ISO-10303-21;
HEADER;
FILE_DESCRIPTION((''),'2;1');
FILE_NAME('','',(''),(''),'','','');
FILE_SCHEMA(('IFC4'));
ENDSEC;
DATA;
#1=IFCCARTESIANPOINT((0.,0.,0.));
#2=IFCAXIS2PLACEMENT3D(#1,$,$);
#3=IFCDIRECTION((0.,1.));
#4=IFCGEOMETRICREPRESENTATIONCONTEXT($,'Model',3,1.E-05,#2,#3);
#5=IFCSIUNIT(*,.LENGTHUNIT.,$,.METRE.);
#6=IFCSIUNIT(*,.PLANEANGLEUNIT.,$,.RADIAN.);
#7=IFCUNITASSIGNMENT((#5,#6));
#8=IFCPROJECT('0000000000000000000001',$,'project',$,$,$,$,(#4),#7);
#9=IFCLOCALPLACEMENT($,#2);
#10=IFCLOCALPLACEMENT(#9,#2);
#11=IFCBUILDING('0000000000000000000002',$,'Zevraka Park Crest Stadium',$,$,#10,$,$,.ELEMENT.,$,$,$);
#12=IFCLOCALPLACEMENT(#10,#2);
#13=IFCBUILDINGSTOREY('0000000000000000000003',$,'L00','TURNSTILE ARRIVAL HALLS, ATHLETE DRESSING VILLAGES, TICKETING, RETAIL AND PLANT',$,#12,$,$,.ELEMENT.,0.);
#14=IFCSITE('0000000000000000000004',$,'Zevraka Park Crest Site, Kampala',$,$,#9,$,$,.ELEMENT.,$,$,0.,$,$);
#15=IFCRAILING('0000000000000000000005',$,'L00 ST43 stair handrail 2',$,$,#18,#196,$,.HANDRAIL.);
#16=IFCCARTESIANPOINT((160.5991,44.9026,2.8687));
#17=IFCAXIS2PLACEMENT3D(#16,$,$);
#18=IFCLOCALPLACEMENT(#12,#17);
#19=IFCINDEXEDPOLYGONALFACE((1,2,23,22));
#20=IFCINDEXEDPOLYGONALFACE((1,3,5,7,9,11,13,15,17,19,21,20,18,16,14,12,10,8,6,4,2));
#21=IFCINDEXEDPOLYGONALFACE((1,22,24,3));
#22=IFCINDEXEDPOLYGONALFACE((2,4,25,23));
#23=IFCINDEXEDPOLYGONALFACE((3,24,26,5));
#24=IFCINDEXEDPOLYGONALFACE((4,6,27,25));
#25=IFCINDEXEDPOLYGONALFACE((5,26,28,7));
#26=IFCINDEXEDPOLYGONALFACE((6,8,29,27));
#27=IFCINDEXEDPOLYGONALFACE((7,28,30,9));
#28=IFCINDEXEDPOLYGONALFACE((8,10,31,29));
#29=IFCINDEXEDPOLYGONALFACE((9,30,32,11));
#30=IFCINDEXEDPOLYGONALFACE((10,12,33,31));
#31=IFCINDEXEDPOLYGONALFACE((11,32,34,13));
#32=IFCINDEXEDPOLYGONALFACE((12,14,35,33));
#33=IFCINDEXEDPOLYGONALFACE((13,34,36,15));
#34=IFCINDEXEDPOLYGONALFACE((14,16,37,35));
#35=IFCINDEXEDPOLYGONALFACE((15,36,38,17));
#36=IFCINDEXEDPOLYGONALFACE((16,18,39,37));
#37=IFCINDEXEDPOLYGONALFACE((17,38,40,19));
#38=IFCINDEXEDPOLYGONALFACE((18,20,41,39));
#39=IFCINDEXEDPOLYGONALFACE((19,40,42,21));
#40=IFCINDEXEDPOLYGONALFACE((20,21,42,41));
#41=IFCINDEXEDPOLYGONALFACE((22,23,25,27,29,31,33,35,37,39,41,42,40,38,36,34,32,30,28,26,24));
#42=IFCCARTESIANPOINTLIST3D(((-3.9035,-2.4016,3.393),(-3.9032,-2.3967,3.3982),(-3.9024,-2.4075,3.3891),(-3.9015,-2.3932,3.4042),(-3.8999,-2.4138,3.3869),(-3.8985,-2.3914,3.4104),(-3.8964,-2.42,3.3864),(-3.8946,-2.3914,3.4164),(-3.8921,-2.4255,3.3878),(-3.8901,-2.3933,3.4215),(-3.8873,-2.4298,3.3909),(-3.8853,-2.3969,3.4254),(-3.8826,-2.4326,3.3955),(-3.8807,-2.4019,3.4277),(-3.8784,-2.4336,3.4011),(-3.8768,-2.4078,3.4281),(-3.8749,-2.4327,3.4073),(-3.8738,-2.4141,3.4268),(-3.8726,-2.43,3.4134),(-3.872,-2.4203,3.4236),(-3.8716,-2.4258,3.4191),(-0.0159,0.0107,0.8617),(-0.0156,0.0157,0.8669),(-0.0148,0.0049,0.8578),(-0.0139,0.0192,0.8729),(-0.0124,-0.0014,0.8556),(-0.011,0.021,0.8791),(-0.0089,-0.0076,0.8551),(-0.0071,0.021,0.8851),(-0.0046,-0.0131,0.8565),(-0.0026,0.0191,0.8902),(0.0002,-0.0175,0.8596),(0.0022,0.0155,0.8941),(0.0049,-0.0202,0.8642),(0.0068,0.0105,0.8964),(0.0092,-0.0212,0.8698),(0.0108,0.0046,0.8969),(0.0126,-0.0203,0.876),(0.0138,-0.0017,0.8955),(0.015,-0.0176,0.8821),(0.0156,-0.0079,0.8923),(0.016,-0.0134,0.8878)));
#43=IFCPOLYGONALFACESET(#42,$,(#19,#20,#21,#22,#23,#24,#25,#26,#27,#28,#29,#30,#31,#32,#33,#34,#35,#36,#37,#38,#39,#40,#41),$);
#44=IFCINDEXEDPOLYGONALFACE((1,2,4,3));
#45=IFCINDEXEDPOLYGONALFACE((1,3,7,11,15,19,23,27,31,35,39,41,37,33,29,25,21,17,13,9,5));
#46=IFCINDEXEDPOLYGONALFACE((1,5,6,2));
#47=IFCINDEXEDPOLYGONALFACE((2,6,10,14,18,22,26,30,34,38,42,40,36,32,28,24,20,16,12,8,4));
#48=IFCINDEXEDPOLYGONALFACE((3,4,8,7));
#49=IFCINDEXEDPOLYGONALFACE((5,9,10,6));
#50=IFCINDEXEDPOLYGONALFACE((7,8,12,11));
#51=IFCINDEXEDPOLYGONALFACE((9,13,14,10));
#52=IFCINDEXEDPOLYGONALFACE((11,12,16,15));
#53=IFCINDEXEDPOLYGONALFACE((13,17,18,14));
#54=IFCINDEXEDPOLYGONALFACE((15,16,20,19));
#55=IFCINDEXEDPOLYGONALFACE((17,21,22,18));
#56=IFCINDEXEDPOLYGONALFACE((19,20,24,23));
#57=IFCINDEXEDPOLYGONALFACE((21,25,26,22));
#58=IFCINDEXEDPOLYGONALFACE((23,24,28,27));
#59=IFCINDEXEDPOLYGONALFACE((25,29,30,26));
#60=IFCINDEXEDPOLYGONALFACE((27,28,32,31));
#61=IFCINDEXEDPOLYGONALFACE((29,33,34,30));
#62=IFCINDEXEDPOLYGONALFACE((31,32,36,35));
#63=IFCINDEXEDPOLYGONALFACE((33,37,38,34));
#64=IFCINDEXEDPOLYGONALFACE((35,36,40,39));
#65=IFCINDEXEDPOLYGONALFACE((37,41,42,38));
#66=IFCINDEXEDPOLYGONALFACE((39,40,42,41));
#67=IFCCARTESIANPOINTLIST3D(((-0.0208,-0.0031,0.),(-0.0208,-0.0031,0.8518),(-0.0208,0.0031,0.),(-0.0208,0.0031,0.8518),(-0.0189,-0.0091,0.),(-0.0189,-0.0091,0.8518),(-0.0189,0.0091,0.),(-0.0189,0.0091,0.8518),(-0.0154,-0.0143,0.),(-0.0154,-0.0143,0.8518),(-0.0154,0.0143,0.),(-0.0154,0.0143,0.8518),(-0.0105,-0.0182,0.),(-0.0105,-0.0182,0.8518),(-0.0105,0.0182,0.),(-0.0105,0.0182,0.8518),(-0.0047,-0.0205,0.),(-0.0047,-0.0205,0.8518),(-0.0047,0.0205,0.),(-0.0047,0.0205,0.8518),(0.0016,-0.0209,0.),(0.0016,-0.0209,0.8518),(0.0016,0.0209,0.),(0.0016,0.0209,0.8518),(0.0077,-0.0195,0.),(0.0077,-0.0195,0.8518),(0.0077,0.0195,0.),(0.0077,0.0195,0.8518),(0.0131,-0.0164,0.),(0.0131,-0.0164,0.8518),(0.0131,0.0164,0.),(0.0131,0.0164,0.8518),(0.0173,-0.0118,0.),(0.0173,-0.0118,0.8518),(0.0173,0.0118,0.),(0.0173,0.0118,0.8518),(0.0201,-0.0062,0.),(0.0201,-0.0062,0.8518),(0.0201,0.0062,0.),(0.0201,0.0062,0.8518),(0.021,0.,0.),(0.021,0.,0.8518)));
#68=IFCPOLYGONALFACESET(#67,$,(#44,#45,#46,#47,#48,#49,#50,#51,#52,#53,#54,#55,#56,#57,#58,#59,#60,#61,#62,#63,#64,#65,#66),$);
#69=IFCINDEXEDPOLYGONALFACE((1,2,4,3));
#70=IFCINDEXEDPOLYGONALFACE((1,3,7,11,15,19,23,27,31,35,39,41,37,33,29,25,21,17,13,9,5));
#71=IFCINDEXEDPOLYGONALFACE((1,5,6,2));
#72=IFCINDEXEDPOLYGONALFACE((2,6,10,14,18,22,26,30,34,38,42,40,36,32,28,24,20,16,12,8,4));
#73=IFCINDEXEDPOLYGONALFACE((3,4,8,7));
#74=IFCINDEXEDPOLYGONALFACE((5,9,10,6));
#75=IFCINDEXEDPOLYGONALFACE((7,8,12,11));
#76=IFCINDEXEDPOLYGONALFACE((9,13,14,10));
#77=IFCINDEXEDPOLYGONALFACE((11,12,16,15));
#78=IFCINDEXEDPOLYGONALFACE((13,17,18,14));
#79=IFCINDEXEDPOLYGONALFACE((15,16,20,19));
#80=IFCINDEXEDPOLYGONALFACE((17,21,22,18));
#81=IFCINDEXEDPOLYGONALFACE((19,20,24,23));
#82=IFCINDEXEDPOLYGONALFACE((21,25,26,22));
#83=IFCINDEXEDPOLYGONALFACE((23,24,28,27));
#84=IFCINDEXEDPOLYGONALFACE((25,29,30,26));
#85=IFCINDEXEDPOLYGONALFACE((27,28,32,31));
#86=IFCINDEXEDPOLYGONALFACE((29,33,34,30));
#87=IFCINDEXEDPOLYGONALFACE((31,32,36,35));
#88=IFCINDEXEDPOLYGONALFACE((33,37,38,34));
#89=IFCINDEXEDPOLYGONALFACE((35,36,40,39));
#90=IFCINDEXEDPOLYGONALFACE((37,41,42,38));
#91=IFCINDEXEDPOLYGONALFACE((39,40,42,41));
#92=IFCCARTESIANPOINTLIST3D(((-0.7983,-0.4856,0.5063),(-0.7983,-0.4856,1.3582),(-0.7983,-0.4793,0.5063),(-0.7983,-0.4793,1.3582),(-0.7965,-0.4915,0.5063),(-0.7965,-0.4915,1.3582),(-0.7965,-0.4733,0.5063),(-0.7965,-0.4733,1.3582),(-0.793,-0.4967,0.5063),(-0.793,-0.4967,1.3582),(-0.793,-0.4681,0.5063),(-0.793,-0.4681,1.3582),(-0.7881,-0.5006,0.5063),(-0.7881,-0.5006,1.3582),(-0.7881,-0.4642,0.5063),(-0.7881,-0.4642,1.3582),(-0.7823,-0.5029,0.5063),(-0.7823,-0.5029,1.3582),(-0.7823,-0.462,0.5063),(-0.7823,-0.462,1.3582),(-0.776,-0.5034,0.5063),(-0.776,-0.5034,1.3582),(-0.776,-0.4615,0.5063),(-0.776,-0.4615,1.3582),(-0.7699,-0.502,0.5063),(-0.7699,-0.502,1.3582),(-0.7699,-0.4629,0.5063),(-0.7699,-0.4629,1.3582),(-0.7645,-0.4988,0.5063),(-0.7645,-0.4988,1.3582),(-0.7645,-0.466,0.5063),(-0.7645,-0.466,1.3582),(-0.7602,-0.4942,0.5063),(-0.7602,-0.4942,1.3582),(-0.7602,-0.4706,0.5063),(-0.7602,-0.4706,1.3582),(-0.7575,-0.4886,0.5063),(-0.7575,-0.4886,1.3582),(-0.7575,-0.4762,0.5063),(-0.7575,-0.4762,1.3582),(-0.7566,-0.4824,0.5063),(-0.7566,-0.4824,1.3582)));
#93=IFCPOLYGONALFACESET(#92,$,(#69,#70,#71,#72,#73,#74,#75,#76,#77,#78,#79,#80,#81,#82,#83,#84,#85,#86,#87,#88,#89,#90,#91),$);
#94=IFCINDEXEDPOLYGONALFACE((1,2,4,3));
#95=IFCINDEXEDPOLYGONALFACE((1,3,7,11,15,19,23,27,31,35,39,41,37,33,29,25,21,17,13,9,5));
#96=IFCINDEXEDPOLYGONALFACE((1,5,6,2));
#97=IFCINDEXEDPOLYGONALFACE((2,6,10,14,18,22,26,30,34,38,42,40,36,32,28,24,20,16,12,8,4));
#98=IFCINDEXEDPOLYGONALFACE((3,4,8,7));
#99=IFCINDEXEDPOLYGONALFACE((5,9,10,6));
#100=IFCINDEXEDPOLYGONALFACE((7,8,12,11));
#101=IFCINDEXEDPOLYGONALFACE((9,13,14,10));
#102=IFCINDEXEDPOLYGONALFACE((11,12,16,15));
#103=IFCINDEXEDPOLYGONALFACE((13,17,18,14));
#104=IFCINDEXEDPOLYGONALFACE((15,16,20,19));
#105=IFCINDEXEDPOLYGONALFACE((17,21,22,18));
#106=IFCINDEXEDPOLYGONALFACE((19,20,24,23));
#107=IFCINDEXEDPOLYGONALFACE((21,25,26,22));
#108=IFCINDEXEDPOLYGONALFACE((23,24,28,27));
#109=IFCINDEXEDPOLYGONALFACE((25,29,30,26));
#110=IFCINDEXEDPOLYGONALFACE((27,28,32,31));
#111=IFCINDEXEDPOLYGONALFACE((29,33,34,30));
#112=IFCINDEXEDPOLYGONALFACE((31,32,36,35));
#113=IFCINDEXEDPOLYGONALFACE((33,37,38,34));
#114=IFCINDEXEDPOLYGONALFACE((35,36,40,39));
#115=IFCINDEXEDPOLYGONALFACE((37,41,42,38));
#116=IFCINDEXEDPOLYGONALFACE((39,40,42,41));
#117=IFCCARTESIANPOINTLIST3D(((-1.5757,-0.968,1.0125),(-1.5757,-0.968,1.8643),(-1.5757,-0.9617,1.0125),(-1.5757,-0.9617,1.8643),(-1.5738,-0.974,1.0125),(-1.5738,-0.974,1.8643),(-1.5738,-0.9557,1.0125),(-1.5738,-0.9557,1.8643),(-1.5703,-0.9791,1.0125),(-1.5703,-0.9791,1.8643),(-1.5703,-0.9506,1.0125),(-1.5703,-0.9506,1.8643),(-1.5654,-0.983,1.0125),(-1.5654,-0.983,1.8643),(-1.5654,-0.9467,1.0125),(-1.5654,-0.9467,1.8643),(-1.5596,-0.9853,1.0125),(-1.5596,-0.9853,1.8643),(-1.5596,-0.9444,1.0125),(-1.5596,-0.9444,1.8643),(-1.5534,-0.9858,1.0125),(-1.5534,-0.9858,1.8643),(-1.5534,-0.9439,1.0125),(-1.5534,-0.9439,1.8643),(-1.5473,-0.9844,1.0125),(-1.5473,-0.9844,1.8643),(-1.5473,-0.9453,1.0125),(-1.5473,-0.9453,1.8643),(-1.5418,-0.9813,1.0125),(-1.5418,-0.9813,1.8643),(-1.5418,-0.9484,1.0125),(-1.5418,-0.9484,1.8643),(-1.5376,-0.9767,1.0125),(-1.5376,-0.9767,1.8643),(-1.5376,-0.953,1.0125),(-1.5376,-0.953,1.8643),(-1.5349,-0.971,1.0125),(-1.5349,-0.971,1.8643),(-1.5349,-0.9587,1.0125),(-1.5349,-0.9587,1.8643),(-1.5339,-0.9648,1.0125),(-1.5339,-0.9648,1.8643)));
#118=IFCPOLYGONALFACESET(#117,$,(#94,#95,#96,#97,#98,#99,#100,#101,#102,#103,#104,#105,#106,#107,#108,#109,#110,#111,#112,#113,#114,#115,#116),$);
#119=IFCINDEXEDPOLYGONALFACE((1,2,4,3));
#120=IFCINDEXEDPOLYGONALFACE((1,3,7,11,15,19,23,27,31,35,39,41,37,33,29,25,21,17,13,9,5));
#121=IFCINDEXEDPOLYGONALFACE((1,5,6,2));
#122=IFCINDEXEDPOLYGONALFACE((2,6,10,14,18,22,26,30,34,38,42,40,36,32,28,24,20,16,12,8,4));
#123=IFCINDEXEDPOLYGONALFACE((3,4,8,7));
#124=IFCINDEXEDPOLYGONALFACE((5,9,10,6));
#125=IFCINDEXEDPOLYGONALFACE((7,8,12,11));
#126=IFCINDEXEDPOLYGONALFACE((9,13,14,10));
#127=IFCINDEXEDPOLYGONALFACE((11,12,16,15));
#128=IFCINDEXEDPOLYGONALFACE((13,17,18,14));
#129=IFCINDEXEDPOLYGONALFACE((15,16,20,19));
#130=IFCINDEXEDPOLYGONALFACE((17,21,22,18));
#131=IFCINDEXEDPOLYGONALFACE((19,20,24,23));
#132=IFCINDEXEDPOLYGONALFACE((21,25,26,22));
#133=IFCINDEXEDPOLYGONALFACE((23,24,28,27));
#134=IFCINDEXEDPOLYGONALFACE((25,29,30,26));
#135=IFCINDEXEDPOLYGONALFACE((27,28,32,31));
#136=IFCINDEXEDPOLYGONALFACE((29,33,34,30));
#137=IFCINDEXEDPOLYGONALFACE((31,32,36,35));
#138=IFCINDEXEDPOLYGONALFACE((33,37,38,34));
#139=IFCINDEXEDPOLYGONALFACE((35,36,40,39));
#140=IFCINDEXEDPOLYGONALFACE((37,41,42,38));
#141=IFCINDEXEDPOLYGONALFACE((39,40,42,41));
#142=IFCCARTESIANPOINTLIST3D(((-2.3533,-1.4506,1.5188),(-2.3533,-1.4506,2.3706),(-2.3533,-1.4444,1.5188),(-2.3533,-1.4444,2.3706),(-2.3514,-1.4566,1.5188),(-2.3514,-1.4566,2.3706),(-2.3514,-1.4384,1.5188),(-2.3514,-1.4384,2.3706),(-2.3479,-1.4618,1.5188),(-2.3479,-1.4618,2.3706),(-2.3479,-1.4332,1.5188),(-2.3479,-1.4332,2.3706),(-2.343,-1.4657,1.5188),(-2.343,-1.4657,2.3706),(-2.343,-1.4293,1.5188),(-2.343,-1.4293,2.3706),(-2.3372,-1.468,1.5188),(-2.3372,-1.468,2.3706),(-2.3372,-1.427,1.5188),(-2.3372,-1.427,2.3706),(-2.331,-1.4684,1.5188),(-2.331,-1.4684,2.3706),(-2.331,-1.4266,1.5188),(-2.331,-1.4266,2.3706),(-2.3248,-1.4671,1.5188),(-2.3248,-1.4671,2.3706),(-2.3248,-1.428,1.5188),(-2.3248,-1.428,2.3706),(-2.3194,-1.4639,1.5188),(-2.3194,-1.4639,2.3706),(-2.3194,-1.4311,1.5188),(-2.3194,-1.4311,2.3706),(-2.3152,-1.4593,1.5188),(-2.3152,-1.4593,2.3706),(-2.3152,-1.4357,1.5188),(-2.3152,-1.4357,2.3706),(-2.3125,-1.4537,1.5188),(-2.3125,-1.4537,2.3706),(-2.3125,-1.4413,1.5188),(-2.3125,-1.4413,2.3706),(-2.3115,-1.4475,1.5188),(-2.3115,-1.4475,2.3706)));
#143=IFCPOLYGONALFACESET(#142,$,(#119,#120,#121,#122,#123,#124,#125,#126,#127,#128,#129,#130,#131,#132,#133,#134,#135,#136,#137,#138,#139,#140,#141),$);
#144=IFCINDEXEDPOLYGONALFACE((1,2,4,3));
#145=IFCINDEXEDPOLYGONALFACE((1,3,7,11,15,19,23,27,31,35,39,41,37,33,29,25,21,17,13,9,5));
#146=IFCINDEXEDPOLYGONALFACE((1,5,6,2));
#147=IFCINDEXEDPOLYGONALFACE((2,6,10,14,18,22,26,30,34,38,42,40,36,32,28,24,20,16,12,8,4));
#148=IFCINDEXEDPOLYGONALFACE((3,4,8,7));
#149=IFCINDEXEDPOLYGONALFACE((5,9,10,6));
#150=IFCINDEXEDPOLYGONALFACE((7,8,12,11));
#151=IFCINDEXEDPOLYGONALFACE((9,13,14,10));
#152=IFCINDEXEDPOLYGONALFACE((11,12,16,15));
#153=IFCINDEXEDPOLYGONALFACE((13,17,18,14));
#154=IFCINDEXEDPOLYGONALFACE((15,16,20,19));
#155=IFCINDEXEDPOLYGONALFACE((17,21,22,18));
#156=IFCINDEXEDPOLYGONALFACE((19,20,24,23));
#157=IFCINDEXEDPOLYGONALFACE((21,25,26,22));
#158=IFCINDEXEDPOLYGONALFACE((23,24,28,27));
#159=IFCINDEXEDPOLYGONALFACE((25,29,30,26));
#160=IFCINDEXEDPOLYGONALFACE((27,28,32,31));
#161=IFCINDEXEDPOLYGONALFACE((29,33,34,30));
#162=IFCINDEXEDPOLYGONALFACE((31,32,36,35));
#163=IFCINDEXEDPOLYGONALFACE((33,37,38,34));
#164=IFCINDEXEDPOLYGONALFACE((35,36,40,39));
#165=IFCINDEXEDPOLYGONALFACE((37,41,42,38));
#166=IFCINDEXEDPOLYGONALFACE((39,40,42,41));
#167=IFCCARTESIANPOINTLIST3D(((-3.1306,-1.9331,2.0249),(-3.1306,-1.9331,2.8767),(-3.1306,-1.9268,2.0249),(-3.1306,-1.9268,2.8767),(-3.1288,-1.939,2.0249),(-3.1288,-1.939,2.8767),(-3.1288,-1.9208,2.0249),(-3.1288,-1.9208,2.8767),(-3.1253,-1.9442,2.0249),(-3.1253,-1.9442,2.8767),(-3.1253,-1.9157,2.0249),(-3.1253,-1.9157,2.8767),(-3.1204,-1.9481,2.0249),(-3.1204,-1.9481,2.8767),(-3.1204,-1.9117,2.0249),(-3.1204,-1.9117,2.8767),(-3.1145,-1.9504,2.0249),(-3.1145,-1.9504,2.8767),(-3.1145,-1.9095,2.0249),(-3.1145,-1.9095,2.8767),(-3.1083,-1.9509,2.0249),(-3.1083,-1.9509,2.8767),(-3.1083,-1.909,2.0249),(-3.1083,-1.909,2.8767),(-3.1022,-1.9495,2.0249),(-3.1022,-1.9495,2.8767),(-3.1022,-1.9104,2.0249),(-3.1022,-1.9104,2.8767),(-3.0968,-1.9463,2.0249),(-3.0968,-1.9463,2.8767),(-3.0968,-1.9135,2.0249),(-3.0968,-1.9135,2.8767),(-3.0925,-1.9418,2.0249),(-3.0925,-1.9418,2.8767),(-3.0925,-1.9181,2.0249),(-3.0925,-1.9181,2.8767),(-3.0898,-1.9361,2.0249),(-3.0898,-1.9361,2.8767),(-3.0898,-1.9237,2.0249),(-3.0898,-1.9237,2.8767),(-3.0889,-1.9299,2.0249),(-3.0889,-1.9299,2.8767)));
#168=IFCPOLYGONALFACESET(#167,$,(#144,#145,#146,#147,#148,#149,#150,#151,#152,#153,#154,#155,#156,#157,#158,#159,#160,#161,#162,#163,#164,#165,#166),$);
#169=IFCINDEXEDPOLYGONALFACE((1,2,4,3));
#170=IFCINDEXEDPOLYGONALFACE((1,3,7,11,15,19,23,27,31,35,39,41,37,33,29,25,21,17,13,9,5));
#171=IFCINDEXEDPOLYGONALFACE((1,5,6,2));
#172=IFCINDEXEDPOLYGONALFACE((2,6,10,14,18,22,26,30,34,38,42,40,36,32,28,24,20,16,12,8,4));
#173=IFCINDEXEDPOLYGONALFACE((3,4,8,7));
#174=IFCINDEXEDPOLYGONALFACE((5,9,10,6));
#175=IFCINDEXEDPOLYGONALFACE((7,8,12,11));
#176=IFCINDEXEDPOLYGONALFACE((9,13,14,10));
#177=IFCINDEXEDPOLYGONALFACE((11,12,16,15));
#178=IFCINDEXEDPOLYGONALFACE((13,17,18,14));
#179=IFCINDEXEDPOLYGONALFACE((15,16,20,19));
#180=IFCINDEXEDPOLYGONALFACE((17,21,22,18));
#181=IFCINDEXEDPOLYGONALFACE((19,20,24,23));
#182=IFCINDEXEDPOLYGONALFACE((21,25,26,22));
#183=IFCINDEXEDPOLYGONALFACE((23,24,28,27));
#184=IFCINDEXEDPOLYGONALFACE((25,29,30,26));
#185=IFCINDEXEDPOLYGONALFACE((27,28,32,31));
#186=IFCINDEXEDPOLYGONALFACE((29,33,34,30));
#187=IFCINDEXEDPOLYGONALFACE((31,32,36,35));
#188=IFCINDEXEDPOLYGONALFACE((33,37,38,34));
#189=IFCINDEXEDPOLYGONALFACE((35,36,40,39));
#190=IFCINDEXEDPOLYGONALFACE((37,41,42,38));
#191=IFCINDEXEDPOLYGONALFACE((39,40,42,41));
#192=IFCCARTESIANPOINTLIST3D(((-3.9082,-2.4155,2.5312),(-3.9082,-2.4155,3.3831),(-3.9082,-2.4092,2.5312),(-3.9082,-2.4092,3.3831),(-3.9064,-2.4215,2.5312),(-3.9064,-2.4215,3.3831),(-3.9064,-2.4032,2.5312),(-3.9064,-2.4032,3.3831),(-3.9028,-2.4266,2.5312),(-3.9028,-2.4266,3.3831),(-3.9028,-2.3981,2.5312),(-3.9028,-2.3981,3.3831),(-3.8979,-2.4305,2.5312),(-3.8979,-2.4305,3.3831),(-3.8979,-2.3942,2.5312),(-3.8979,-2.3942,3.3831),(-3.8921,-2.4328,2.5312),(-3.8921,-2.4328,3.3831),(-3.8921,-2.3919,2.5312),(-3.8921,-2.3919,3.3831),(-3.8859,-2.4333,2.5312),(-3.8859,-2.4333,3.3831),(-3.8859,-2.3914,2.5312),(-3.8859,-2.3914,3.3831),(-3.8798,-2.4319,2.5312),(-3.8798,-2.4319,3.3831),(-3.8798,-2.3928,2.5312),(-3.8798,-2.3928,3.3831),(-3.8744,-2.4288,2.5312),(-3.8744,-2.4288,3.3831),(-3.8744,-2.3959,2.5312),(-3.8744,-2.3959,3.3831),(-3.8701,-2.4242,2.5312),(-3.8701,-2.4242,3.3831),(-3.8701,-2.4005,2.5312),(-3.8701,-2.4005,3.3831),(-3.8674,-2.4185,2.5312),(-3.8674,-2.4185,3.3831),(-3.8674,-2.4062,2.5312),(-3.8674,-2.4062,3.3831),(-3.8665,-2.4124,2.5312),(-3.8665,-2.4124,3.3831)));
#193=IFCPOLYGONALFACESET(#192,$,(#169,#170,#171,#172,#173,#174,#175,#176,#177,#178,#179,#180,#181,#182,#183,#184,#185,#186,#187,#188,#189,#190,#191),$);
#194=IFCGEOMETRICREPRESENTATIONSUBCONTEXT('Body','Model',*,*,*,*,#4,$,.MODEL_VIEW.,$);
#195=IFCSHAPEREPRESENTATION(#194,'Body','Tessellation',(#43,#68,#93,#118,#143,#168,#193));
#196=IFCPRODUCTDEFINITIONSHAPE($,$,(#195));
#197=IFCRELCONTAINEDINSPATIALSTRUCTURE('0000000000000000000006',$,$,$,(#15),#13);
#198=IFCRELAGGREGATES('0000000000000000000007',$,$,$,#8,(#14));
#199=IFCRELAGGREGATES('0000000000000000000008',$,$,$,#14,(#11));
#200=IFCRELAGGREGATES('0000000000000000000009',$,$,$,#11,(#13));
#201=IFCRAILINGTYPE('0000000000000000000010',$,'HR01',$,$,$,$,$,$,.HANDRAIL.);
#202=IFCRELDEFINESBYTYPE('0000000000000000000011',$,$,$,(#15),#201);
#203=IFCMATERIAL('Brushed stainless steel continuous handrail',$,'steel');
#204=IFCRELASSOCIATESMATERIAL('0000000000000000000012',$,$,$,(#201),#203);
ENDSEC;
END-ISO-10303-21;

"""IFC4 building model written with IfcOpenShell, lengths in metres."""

from ifc_helpers import new_model, si_unit, direction, frame, origin, origin_2d, place, context, subcontext, project, spatial, circle, extrude, material, type_object, element, save


model = new_model("IFC4")

# Units and contexts
model_context = context("Model", 3, precision=1e-05, world=origin(), true_north=direction((0.0, 1.0)))
body_context = subcontext(model_context, "Body", "Model", "MODEL_VIEW")
ifc_project = project(units=[si_unit("LENGTHUNIT", "METRE"), si_unit("PLANEANGLEUNIT", "RADIAN")], contexts=[model_context])

# Site, building, storey
site_placement = place(None, origin())
site = spatial("IfcSite", under=ifc_project, at=site_placement, Name="Zevraka Park Crest Site, Kampala", CompositionType="ELEMENT", RefElevation=0.0)
building_placement = place(site_placement, origin())
building = spatial("IfcBuilding", under=site, at=building_placement, Name="Zevraka Park Crest Stadium", CompositionType="ELEMENT")
storey_placement = place(building_placement, origin())
storey = spatial("IfcBuildingStorey", under=building, at=storey_placement, Name="L00", Description="TURNSTILE ARRIVAL HALLS, ATHLETE DRESSING VILLAGES, TICKETING, RETAIL AND PLANT", CompositionType="ELEMENT", Elevation=0.0)

# Railing
ifc_material_1 = material(Name="Brushed stainless steel continuous handrail", Category="steel")
railing_type_1 = type_object("IfcRailingType", Name="HR01", PredefinedType="HANDRAIL", material=ifc_material_1)
railing_1_placement = place(storey_placement, frame((160.5991, 44.9026, 2.8687)))
element("IfcRailing", 1, at=railing_1_placement, inside=storey, type_object=railing_type_1, Name="L00 ST43 stair handrail 2", PredefinedType="HANDRAIL", context=body_context, shape_type="SweptSolid", body=[
    extrude(circle(Radius=0.0239, at=origin_2d()), frame((0.0, 0.0, 0.876), z_axis=(-0.743488, -0.461371, 0.48411), x_axis=(0.527277, -0.849694, 0.0)), (0.0, 0.0, 1.0), 5.2288),
    extrude(circle(Radius=0.021, at=origin_2d()), origin(), (0.0, 0.0, 1.0), 0.8518),
    extrude(circle(Radius=0.021, at=origin_2d()), frame((-0.7776, -0.4824, 0.5063)), (0.0, 0.0, 1.0), 0.8518),
    extrude(circle(Radius=0.021, at=origin_2d()), frame((-1.5549, -0.9648, 1.0125)), (0.0, 0.0, 1.0), 0.8518),
    extrude(circle(Radius=0.021, at=origin_2d()), frame((-2.3325, -1.4475, 1.5188)), (0.0, 0.0, 1.0), 0.8518),
    extrude(circle(Radius=0.021, at=origin_2d()), frame((-3.1099, -1.9299, 2.0249)), (0.0, 0.0, 1.0), 0.8518),
    extrude(circle(Radius=0.021, at=origin_2d()), frame((-3.8875, -2.4124, 2.5312)), (0.0, 0.0, 1.0), 0.8518),
])

save(model, "model.ifc")
